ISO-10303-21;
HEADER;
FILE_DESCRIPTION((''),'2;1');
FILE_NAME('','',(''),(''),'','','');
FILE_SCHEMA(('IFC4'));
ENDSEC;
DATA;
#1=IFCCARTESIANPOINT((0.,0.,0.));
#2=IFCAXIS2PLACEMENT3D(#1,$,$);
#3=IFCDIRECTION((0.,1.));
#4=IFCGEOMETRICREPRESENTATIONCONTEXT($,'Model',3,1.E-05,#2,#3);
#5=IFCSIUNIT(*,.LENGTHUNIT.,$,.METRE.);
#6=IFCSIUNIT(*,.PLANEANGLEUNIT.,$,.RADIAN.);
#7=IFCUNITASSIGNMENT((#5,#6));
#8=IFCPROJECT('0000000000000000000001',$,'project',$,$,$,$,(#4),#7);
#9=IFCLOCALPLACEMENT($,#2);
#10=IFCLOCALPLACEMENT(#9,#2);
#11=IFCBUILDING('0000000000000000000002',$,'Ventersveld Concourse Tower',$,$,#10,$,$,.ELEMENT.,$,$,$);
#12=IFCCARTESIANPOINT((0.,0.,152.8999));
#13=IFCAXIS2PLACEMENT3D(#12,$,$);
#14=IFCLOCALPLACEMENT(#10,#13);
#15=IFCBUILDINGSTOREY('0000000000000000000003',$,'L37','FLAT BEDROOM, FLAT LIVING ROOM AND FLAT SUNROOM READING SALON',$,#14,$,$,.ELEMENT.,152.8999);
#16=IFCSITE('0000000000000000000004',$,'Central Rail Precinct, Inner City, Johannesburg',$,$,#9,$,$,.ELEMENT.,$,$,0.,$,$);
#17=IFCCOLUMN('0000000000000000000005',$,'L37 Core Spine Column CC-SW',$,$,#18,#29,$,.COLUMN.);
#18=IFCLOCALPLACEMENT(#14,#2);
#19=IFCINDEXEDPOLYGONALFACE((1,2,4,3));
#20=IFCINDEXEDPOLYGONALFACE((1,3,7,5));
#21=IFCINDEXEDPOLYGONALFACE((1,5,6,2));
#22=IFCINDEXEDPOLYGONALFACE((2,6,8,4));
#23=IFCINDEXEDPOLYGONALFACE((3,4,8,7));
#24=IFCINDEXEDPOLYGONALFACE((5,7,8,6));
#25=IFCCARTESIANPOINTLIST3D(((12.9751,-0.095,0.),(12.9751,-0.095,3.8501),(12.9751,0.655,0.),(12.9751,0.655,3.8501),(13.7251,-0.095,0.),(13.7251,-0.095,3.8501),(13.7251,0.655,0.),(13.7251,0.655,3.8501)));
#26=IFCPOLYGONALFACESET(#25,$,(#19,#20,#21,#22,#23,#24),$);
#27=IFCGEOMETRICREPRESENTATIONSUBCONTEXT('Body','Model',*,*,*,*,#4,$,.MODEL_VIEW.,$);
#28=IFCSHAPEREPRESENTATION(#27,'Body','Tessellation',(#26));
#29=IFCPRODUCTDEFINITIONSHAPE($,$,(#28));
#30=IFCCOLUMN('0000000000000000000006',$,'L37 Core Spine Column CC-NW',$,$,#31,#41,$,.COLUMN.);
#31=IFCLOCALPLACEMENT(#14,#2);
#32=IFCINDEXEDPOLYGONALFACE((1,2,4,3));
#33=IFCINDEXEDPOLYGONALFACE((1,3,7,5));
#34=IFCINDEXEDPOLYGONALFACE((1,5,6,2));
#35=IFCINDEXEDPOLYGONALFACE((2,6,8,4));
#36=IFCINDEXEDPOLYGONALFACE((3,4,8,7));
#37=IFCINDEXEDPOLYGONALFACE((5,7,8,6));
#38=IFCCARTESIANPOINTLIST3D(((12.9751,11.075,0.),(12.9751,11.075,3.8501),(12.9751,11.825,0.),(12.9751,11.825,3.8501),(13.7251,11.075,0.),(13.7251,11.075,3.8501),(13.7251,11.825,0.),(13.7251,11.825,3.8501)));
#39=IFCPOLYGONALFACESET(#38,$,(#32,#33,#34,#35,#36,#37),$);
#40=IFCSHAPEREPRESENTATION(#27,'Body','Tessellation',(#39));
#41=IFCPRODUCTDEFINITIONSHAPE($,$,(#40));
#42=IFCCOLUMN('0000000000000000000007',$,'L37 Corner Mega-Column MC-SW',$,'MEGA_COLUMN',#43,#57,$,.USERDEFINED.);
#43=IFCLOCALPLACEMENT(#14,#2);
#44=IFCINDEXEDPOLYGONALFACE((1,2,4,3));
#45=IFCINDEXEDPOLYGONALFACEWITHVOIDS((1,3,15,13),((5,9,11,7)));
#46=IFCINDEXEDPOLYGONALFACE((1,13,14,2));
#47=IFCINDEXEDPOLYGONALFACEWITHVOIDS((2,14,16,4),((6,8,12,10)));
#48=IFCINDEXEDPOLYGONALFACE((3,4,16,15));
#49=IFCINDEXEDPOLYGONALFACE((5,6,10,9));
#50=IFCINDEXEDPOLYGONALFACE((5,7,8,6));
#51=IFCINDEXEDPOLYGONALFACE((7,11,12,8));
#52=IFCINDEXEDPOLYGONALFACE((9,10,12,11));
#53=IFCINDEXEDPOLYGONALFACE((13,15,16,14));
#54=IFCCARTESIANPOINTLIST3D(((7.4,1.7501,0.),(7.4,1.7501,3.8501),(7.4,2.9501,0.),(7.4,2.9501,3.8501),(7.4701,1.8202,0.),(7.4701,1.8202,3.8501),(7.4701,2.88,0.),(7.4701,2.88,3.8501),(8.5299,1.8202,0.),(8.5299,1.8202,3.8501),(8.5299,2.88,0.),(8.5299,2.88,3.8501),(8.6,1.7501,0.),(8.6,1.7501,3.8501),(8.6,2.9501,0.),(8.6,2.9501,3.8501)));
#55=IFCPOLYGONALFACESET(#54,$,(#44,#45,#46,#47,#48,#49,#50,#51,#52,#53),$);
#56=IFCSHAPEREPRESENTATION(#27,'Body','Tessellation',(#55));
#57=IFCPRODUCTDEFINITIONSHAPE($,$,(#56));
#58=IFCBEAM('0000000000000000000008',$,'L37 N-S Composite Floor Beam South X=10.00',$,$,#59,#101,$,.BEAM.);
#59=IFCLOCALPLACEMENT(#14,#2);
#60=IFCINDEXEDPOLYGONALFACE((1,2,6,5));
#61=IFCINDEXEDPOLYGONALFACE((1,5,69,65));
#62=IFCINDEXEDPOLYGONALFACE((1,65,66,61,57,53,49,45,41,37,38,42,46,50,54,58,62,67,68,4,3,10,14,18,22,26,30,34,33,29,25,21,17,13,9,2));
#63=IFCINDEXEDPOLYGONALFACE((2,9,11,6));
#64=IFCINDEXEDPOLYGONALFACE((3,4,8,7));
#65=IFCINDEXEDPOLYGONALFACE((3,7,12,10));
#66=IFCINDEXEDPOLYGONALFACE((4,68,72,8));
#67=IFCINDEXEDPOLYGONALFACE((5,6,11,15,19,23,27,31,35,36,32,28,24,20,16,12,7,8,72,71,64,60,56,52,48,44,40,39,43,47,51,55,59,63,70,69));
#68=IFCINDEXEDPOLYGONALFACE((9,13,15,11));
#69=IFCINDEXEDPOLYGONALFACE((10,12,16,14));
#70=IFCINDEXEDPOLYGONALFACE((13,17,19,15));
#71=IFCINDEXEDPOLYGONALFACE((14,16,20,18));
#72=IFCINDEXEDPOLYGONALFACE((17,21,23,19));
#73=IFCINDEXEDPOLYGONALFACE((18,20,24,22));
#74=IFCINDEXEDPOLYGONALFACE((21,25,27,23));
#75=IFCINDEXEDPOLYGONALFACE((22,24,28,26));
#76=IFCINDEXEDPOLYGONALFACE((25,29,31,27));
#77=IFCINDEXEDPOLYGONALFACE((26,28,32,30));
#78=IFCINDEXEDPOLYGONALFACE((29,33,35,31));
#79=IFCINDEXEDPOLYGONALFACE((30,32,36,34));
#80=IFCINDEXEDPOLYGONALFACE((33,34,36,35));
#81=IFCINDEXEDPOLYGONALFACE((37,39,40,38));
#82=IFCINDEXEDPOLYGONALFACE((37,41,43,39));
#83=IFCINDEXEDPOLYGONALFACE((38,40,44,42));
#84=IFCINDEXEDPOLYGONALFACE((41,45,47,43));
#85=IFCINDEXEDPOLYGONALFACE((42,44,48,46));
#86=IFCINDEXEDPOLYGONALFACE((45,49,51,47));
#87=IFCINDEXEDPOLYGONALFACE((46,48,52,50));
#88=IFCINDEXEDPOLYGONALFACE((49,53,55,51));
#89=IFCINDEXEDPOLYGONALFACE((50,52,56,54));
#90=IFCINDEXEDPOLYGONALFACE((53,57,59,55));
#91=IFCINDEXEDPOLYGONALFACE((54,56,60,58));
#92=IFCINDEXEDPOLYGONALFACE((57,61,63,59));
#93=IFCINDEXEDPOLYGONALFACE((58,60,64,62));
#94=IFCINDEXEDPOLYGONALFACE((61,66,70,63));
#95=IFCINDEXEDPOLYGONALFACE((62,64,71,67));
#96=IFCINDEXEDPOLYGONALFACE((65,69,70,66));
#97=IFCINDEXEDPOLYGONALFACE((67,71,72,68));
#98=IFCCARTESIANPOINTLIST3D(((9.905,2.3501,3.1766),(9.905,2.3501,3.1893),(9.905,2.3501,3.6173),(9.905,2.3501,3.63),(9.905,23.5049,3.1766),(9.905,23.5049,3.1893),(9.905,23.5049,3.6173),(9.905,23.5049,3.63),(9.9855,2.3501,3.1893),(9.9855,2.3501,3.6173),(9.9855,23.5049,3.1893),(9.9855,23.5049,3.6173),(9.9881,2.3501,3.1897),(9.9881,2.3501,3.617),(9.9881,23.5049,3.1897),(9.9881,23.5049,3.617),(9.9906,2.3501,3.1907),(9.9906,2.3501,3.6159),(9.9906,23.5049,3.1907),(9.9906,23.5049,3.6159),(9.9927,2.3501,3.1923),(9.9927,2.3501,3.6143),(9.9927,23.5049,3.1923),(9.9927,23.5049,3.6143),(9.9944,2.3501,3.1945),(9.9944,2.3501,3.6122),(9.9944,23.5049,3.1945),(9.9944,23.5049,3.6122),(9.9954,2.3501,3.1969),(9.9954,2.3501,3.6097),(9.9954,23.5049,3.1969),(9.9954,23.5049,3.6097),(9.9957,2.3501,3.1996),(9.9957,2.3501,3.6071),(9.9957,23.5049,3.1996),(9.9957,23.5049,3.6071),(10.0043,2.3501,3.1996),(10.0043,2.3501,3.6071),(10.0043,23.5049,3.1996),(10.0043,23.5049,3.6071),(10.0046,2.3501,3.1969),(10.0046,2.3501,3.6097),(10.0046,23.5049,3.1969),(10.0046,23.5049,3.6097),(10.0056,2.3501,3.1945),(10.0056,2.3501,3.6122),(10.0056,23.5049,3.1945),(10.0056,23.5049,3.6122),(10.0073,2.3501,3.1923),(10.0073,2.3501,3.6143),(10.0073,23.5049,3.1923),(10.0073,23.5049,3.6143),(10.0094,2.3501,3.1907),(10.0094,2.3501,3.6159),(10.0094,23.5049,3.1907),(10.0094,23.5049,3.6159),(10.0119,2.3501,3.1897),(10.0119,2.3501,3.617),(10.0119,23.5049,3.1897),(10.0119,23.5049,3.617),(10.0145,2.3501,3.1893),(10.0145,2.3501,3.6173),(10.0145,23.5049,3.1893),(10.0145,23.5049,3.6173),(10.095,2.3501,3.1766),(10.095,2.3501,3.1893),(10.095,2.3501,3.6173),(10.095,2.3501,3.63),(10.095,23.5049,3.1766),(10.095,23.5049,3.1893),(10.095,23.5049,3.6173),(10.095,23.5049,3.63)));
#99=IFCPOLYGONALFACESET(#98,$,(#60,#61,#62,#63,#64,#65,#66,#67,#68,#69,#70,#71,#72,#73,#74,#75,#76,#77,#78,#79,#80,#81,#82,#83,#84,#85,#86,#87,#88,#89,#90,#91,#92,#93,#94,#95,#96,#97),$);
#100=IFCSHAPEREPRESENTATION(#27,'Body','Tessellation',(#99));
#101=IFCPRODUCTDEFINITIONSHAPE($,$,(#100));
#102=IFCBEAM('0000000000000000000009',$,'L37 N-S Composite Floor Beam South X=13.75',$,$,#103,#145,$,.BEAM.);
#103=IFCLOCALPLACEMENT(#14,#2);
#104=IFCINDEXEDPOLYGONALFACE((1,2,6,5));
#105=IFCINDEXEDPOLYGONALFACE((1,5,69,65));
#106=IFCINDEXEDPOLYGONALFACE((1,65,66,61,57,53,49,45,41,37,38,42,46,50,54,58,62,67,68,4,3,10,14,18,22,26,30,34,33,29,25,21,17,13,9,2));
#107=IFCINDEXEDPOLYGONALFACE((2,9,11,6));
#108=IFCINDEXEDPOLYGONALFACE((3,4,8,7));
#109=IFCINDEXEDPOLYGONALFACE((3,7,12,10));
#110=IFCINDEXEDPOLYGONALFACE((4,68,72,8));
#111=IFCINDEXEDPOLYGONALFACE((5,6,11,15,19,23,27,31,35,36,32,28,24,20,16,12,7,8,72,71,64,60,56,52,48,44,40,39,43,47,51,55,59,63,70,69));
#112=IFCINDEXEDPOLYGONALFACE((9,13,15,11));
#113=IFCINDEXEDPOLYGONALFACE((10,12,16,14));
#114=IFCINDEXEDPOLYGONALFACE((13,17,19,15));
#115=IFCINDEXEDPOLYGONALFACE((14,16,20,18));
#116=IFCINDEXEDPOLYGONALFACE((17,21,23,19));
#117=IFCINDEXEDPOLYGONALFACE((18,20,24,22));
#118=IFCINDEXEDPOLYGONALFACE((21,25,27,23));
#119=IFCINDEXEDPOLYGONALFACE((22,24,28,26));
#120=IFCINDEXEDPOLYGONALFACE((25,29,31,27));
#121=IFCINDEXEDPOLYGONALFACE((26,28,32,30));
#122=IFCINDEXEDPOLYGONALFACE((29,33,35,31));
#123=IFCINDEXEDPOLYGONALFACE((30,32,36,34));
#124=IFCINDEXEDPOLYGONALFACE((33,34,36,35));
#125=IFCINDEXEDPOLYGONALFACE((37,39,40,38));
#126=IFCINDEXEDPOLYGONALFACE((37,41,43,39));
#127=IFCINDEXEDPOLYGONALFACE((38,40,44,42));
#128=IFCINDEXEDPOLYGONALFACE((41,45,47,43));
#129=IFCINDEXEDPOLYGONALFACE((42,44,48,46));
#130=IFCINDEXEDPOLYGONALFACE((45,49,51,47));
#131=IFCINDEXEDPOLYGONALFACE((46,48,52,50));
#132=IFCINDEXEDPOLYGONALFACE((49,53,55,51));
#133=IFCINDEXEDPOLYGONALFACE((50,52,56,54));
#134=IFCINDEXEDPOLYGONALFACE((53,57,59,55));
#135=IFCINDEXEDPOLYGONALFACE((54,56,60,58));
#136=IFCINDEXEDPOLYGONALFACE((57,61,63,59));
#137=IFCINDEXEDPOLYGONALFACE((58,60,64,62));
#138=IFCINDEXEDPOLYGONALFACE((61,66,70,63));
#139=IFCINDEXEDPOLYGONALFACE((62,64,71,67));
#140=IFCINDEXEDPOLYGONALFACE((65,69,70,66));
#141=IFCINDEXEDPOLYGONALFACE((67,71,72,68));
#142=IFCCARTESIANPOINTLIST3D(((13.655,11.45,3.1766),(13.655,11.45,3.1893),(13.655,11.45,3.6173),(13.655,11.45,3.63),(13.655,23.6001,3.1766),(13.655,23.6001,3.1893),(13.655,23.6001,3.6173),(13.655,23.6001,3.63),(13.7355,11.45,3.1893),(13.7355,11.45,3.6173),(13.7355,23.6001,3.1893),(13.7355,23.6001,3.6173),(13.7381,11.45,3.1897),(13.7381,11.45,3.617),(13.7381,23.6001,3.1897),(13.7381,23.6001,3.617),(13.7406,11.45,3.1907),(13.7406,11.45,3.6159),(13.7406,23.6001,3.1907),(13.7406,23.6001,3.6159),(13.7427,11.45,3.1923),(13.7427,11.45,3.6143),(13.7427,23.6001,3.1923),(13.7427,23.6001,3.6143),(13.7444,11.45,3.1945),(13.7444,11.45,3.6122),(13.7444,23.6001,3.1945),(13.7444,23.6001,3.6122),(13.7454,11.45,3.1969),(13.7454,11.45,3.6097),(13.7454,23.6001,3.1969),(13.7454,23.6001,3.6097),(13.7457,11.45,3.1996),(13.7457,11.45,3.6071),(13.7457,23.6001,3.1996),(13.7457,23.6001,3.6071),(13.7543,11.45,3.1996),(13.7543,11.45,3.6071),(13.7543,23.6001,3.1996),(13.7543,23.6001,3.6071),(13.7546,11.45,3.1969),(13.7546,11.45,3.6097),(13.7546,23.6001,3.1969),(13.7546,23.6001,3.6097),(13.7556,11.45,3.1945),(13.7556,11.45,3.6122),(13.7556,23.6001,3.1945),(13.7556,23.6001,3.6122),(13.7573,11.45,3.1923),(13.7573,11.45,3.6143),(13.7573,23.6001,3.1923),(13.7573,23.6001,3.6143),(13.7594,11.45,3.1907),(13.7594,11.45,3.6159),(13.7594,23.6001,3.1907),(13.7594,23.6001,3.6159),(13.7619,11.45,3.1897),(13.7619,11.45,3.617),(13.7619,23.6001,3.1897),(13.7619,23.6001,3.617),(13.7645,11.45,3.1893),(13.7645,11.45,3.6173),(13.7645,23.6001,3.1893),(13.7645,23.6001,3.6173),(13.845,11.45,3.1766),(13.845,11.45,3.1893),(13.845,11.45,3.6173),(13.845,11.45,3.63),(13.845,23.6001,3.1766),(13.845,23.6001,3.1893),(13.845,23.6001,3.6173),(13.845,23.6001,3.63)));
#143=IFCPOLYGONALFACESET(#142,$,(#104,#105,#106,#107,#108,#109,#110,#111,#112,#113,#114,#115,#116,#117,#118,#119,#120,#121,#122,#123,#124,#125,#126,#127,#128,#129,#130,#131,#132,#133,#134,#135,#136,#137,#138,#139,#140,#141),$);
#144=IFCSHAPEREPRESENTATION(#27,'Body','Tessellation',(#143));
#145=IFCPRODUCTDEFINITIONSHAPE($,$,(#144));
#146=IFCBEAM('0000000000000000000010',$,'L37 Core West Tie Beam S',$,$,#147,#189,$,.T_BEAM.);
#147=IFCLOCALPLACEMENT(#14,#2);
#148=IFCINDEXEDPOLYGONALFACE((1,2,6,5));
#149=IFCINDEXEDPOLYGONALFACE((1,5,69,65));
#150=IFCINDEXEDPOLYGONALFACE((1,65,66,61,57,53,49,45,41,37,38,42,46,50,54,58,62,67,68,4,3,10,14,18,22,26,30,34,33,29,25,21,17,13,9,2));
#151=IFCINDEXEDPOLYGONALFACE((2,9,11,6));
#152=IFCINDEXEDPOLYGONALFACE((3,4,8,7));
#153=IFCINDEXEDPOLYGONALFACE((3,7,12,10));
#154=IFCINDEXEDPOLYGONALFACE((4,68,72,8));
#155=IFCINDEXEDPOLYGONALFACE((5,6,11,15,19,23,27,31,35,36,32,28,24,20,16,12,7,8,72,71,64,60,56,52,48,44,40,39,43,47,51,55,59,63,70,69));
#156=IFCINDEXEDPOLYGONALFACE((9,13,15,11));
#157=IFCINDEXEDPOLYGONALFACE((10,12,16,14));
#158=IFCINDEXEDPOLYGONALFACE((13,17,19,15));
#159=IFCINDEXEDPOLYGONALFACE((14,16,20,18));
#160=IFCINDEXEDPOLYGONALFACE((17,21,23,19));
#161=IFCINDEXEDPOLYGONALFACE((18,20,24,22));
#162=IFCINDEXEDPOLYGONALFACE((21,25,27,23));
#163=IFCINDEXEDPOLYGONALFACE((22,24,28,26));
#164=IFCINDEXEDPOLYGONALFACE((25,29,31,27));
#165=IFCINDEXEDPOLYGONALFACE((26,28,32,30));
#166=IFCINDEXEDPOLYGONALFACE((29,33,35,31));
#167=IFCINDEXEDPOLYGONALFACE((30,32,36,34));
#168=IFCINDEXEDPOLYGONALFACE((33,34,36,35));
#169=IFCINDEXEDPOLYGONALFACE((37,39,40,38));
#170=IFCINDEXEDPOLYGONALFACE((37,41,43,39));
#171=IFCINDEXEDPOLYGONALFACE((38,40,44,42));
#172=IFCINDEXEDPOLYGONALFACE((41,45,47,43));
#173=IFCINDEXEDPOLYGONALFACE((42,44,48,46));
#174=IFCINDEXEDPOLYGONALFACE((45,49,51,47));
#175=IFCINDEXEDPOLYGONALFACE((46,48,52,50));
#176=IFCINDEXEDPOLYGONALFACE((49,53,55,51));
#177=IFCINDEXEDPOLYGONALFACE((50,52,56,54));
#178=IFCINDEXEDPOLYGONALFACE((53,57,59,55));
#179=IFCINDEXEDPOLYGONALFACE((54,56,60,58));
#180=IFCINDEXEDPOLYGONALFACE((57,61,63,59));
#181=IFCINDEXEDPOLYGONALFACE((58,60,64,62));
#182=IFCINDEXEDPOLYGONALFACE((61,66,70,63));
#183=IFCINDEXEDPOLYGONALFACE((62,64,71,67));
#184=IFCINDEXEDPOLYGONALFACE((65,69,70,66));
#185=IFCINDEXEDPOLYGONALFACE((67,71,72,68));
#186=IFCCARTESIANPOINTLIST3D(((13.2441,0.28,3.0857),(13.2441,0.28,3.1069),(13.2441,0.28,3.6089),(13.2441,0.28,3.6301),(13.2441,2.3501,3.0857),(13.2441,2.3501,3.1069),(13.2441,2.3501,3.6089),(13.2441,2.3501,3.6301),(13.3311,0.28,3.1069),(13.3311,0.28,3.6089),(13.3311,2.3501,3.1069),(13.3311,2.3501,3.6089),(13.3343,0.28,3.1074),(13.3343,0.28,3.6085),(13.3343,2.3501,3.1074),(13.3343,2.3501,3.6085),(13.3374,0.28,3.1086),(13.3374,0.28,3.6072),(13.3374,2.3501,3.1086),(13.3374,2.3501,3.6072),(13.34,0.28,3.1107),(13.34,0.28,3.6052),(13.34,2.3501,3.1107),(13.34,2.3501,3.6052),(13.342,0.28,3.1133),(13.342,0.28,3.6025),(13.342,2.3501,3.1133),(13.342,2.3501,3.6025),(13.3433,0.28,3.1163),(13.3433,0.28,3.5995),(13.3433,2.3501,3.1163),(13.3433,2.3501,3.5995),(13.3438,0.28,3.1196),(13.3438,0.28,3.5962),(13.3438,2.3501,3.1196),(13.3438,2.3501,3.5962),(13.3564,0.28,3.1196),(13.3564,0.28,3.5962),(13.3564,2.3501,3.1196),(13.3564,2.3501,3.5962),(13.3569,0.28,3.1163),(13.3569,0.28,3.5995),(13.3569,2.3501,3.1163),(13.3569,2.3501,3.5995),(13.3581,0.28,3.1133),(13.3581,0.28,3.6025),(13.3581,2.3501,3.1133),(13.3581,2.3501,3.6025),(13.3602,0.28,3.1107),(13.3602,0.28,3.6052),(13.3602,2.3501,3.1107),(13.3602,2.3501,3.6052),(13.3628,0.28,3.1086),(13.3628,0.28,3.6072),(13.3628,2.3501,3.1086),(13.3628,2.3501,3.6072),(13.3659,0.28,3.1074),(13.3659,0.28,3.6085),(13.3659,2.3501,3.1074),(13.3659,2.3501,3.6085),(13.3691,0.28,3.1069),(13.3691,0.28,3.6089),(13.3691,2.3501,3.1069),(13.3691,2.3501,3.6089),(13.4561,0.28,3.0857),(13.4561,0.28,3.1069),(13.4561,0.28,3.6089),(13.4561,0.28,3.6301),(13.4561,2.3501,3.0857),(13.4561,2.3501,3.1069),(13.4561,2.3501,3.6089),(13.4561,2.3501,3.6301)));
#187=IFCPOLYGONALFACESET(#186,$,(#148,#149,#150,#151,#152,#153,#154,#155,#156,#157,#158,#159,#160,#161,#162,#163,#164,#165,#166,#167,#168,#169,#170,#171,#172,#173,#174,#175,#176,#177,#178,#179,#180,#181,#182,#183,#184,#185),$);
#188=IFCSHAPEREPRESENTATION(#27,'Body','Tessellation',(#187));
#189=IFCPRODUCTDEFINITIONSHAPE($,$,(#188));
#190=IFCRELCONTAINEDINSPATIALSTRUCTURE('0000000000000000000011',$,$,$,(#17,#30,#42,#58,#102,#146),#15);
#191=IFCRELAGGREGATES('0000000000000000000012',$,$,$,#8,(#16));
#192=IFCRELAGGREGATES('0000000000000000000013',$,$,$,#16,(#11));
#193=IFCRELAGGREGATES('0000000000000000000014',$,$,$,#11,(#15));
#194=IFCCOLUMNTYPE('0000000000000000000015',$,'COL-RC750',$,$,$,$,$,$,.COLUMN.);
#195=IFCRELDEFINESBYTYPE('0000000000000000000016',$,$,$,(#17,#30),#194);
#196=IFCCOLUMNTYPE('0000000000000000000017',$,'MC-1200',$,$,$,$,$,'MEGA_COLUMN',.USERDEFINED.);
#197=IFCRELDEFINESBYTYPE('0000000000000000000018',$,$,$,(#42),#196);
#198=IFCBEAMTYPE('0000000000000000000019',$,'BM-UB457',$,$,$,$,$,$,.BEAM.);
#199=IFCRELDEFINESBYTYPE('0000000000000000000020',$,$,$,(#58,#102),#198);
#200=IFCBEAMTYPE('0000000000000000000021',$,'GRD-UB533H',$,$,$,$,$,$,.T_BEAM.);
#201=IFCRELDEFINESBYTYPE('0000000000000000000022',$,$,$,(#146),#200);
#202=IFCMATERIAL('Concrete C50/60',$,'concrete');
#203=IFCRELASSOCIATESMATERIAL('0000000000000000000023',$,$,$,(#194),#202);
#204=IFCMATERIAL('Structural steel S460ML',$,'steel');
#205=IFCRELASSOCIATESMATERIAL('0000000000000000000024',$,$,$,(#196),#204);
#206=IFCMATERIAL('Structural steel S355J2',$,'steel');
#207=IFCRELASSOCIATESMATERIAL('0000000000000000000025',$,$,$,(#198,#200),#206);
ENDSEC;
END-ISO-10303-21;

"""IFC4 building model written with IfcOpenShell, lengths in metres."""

from ifc_helpers import new_model, si_unit, direction, frame, origin, origin_2d, place, context, subcontext, project, spatial, rectangle, hollow_rectangle, i_section, extrude, material, material_profile, profile_set, type_object, element, save


model = new_model("IFC4")

# Units and contexts
model_context = context("Model", 3, precision=1e-05, world=origin(), true_north=direction((0.0, 1.0)))
body_context = subcontext(model_context, "Body", "Model", "MODEL_VIEW")
ifc_project = project(units=[si_unit("LENGTHUNIT", "METRE"), si_unit("PLANEANGLEUNIT", "RADIAN")], contexts=[model_context])

# Site, building, storey
site_placement = place(None, origin())
site = spatial("IfcSite", under=ifc_project, at=site_placement, Name="Central Rail Precinct, Inner City, Johannesburg", CompositionType="ELEMENT", RefElevation=0.0)
building_placement = place(site_placement, origin())
building = spatial("IfcBuilding", under=site, at=building_placement, Name="Ventersveld Concourse Tower", CompositionType="ELEMENT")
storey_placement = place(building_placement, frame((0.0, 0.0, 152.8999)))
storey = spatial("IfcBuildingStorey", under=building, at=storey_placement, Name="L37", Description="FLAT BEDROOM, FLAT LIVING ROOM AND FLAT SUNROOM READING SALON", CompositionType="ELEMENT", Elevation=152.8999)

# Columns
ifc_material_1 = material(Name="Concrete C50/60", Category="concrete")
ifc_material_profile_1 = material_profile(ifc_material_1, rectangle(XDim=0.75, YDim=0.75, at=origin_2d()), Name="RC 750x750")
ifc_profile_set_1 = profile_set([ifc_material_profile_1], Name="Concrete C50/60")
column_type_1 = type_object("IfcColumnType", Name="COL-RC750", PredefinedType="COLUMN", material=ifc_profile_set_1)
for number, where, z_axis, x_axis, name in (
    (1, (13.3501, 0.28, 0.0), (0.0, 0.0, 1.0), (1.0, 0.0, 0.0), "L37 Core Spine Column CC-SW"),
    (2, (13.3501, 11.45, 0.0), (0.0, 0.0, 1.0), (1.0, 0.0, 0.0), "L37 Core Spine Column CC-NW"),
):
    element("IfcColumn", number, at=place(storey_placement, frame(where, z_axis=z_axis, x_axis=x_axis)), inside=storey, type_object=column_type_1, Name=name, PredefinedType="COLUMN", context=body_context, shape_type="SweptSolid", body=[
        extrude(rectangle(XDim=0.75, YDim=0.75, at=origin_2d()), origin(), (0.0, 0.0, 1.0), 3.8501),
    ])
ifc_material_2 = material(Name="Structural steel S460ML", Category="steel")
ifc_material_profile_2 = material_profile(ifc_material_2, hollow_rectangle(XDim=1.2, YDim=1.2, WallThickness=0.0701, at=origin_2d()), Name="BOX 1200x1200x70")
ifc_profile_set_2 = profile_set([ifc_material_profile_2], Name="Structural steel S460ML")
column_type_2 = type_object("IfcColumnType", Name="MC-1200", ElementType="MEGA_COLUMN", PredefinedType="USERDEFINED", material=ifc_profile_set_2)
column_placement = place(storey_placement, frame((8.0, 2.3501, 0.0), z_axis=(0.0, 0.0, 1.0), x_axis=(1.0, 0.0, 0.0)))
element("IfcColumn", 3, at=column_placement, inside=storey, type_object=column_type_2, Name="L37 Corner Mega-Column MC-SW", ObjectType="MEGA_COLUMN", PredefinedType="USERDEFINED", context=body_context, shape_type="SweptSolid", body=[
    extrude(hollow_rectangle(XDim=1.2, YDim=1.2, WallThickness=0.0701, at=origin_2d()), origin(), (0.0, 0.0, 1.0), 3.8501),
])

# Beams
ifc_material_3 = material(Name="Structural steel S355J2", Category="steel")
ifc_material_profile_3 = material_profile(ifc_material_3, i_section(OverallWidth=0.1899, OverallDepth=0.4534, WebThickness=0.0085, FlangeThickness=0.0127, FilletRadius=0.0103, at=origin_2d()), Name="UB 457x191x67")
ifc_profile_set_3 = profile_set([ifc_material_profile_3], Name="Structural steel S355J2")
beam_type_1 = type_object("IfcBeamType", Name="BM-UB457", PredefinedType="BEAM", material=ifc_profile_set_3)
beam_1_placement = place(storey_placement, frame((10.0, 2.3501, 3.4033), z_axis=(0.0, 1.0, 0.0), x_axis=(-1.0, 0.0, 0.0)))
element("IfcBeam", 4, at=beam_1_placement, inside=storey, type_object=beam_type_1, Name="L37 N-S Composite Floor Beam South X=10.00", PredefinedType="BEAM", context=body_context, shape_type="SweptSolid", body=[
    extrude(i_section(OverallWidth=0.1899, OverallDepth=0.4534, WebThickness=0.0085, FlangeThickness=0.0127, FilletRadius=0.0103, at=origin_2d()), origin(), (0.0, 0.0, 1.0), 21.1548),
])
beam_2_placement = place(storey_placement, frame((13.75, 11.45, 3.4033), z_axis=(0.0, 1.0, 0.0), x_axis=(-1.0, 0.0, 0.0)))
element("IfcBeam", 5, at=beam_2_placement, inside=storey, type_object=beam_type_1, Name="L37 N-S Composite Floor Beam South X=13.75", PredefinedType="BEAM", context=body_context, shape_type="SweptSolid", body=[
    extrude(i_section(OverallWidth=0.1899, OverallDepth=0.4534, WebThickness=0.0085, FlangeThickness=0.0127, FilletRadius=0.0103, at=origin_2d()), origin(), (0.0, 0.0, 1.0), 12.1501),
])
ifc_material_profile_4 = material_profile(ifc_material_3, i_section(OverallWidth=0.2119, OverallDepth=0.5444, WebThickness=0.0127, FlangeThickness=0.0212, FilletRadius=0.0127, at=origin_2d()), Name="UB 533x210x122")
ifc_profile_set_4 = profile_set([ifc_material_profile_4], Name="Structural steel S355J2")
beam_type_2 = type_object("IfcBeamType", Name="GRD-UB533H", PredefinedType="T_BEAM", material=ifc_profile_set_4)
beam_3_placement = place(storey_placement, frame((13.3501, 0.28, 3.3579), z_axis=(0.0, 1.0, 0.0), x_axis=(-1.0, 0.0, 0.0)))
element("IfcBeam", 6, at=beam_3_placement, inside=storey, type_object=beam_type_2, Name="L37 Core West Tie Beam S", PredefinedType="T_BEAM", context=body_context, shape_type="SweptSolid", body=[
    extrude(i_section(OverallWidth=0.2119, OverallDepth=0.5444, WebThickness=0.0127, FlangeThickness=0.0212, FilletRadius=0.0127, at=origin_2d()), origin(), (0.0, 0.0, 1.0), 2.0701),
])

save(model, "model.ifc")
